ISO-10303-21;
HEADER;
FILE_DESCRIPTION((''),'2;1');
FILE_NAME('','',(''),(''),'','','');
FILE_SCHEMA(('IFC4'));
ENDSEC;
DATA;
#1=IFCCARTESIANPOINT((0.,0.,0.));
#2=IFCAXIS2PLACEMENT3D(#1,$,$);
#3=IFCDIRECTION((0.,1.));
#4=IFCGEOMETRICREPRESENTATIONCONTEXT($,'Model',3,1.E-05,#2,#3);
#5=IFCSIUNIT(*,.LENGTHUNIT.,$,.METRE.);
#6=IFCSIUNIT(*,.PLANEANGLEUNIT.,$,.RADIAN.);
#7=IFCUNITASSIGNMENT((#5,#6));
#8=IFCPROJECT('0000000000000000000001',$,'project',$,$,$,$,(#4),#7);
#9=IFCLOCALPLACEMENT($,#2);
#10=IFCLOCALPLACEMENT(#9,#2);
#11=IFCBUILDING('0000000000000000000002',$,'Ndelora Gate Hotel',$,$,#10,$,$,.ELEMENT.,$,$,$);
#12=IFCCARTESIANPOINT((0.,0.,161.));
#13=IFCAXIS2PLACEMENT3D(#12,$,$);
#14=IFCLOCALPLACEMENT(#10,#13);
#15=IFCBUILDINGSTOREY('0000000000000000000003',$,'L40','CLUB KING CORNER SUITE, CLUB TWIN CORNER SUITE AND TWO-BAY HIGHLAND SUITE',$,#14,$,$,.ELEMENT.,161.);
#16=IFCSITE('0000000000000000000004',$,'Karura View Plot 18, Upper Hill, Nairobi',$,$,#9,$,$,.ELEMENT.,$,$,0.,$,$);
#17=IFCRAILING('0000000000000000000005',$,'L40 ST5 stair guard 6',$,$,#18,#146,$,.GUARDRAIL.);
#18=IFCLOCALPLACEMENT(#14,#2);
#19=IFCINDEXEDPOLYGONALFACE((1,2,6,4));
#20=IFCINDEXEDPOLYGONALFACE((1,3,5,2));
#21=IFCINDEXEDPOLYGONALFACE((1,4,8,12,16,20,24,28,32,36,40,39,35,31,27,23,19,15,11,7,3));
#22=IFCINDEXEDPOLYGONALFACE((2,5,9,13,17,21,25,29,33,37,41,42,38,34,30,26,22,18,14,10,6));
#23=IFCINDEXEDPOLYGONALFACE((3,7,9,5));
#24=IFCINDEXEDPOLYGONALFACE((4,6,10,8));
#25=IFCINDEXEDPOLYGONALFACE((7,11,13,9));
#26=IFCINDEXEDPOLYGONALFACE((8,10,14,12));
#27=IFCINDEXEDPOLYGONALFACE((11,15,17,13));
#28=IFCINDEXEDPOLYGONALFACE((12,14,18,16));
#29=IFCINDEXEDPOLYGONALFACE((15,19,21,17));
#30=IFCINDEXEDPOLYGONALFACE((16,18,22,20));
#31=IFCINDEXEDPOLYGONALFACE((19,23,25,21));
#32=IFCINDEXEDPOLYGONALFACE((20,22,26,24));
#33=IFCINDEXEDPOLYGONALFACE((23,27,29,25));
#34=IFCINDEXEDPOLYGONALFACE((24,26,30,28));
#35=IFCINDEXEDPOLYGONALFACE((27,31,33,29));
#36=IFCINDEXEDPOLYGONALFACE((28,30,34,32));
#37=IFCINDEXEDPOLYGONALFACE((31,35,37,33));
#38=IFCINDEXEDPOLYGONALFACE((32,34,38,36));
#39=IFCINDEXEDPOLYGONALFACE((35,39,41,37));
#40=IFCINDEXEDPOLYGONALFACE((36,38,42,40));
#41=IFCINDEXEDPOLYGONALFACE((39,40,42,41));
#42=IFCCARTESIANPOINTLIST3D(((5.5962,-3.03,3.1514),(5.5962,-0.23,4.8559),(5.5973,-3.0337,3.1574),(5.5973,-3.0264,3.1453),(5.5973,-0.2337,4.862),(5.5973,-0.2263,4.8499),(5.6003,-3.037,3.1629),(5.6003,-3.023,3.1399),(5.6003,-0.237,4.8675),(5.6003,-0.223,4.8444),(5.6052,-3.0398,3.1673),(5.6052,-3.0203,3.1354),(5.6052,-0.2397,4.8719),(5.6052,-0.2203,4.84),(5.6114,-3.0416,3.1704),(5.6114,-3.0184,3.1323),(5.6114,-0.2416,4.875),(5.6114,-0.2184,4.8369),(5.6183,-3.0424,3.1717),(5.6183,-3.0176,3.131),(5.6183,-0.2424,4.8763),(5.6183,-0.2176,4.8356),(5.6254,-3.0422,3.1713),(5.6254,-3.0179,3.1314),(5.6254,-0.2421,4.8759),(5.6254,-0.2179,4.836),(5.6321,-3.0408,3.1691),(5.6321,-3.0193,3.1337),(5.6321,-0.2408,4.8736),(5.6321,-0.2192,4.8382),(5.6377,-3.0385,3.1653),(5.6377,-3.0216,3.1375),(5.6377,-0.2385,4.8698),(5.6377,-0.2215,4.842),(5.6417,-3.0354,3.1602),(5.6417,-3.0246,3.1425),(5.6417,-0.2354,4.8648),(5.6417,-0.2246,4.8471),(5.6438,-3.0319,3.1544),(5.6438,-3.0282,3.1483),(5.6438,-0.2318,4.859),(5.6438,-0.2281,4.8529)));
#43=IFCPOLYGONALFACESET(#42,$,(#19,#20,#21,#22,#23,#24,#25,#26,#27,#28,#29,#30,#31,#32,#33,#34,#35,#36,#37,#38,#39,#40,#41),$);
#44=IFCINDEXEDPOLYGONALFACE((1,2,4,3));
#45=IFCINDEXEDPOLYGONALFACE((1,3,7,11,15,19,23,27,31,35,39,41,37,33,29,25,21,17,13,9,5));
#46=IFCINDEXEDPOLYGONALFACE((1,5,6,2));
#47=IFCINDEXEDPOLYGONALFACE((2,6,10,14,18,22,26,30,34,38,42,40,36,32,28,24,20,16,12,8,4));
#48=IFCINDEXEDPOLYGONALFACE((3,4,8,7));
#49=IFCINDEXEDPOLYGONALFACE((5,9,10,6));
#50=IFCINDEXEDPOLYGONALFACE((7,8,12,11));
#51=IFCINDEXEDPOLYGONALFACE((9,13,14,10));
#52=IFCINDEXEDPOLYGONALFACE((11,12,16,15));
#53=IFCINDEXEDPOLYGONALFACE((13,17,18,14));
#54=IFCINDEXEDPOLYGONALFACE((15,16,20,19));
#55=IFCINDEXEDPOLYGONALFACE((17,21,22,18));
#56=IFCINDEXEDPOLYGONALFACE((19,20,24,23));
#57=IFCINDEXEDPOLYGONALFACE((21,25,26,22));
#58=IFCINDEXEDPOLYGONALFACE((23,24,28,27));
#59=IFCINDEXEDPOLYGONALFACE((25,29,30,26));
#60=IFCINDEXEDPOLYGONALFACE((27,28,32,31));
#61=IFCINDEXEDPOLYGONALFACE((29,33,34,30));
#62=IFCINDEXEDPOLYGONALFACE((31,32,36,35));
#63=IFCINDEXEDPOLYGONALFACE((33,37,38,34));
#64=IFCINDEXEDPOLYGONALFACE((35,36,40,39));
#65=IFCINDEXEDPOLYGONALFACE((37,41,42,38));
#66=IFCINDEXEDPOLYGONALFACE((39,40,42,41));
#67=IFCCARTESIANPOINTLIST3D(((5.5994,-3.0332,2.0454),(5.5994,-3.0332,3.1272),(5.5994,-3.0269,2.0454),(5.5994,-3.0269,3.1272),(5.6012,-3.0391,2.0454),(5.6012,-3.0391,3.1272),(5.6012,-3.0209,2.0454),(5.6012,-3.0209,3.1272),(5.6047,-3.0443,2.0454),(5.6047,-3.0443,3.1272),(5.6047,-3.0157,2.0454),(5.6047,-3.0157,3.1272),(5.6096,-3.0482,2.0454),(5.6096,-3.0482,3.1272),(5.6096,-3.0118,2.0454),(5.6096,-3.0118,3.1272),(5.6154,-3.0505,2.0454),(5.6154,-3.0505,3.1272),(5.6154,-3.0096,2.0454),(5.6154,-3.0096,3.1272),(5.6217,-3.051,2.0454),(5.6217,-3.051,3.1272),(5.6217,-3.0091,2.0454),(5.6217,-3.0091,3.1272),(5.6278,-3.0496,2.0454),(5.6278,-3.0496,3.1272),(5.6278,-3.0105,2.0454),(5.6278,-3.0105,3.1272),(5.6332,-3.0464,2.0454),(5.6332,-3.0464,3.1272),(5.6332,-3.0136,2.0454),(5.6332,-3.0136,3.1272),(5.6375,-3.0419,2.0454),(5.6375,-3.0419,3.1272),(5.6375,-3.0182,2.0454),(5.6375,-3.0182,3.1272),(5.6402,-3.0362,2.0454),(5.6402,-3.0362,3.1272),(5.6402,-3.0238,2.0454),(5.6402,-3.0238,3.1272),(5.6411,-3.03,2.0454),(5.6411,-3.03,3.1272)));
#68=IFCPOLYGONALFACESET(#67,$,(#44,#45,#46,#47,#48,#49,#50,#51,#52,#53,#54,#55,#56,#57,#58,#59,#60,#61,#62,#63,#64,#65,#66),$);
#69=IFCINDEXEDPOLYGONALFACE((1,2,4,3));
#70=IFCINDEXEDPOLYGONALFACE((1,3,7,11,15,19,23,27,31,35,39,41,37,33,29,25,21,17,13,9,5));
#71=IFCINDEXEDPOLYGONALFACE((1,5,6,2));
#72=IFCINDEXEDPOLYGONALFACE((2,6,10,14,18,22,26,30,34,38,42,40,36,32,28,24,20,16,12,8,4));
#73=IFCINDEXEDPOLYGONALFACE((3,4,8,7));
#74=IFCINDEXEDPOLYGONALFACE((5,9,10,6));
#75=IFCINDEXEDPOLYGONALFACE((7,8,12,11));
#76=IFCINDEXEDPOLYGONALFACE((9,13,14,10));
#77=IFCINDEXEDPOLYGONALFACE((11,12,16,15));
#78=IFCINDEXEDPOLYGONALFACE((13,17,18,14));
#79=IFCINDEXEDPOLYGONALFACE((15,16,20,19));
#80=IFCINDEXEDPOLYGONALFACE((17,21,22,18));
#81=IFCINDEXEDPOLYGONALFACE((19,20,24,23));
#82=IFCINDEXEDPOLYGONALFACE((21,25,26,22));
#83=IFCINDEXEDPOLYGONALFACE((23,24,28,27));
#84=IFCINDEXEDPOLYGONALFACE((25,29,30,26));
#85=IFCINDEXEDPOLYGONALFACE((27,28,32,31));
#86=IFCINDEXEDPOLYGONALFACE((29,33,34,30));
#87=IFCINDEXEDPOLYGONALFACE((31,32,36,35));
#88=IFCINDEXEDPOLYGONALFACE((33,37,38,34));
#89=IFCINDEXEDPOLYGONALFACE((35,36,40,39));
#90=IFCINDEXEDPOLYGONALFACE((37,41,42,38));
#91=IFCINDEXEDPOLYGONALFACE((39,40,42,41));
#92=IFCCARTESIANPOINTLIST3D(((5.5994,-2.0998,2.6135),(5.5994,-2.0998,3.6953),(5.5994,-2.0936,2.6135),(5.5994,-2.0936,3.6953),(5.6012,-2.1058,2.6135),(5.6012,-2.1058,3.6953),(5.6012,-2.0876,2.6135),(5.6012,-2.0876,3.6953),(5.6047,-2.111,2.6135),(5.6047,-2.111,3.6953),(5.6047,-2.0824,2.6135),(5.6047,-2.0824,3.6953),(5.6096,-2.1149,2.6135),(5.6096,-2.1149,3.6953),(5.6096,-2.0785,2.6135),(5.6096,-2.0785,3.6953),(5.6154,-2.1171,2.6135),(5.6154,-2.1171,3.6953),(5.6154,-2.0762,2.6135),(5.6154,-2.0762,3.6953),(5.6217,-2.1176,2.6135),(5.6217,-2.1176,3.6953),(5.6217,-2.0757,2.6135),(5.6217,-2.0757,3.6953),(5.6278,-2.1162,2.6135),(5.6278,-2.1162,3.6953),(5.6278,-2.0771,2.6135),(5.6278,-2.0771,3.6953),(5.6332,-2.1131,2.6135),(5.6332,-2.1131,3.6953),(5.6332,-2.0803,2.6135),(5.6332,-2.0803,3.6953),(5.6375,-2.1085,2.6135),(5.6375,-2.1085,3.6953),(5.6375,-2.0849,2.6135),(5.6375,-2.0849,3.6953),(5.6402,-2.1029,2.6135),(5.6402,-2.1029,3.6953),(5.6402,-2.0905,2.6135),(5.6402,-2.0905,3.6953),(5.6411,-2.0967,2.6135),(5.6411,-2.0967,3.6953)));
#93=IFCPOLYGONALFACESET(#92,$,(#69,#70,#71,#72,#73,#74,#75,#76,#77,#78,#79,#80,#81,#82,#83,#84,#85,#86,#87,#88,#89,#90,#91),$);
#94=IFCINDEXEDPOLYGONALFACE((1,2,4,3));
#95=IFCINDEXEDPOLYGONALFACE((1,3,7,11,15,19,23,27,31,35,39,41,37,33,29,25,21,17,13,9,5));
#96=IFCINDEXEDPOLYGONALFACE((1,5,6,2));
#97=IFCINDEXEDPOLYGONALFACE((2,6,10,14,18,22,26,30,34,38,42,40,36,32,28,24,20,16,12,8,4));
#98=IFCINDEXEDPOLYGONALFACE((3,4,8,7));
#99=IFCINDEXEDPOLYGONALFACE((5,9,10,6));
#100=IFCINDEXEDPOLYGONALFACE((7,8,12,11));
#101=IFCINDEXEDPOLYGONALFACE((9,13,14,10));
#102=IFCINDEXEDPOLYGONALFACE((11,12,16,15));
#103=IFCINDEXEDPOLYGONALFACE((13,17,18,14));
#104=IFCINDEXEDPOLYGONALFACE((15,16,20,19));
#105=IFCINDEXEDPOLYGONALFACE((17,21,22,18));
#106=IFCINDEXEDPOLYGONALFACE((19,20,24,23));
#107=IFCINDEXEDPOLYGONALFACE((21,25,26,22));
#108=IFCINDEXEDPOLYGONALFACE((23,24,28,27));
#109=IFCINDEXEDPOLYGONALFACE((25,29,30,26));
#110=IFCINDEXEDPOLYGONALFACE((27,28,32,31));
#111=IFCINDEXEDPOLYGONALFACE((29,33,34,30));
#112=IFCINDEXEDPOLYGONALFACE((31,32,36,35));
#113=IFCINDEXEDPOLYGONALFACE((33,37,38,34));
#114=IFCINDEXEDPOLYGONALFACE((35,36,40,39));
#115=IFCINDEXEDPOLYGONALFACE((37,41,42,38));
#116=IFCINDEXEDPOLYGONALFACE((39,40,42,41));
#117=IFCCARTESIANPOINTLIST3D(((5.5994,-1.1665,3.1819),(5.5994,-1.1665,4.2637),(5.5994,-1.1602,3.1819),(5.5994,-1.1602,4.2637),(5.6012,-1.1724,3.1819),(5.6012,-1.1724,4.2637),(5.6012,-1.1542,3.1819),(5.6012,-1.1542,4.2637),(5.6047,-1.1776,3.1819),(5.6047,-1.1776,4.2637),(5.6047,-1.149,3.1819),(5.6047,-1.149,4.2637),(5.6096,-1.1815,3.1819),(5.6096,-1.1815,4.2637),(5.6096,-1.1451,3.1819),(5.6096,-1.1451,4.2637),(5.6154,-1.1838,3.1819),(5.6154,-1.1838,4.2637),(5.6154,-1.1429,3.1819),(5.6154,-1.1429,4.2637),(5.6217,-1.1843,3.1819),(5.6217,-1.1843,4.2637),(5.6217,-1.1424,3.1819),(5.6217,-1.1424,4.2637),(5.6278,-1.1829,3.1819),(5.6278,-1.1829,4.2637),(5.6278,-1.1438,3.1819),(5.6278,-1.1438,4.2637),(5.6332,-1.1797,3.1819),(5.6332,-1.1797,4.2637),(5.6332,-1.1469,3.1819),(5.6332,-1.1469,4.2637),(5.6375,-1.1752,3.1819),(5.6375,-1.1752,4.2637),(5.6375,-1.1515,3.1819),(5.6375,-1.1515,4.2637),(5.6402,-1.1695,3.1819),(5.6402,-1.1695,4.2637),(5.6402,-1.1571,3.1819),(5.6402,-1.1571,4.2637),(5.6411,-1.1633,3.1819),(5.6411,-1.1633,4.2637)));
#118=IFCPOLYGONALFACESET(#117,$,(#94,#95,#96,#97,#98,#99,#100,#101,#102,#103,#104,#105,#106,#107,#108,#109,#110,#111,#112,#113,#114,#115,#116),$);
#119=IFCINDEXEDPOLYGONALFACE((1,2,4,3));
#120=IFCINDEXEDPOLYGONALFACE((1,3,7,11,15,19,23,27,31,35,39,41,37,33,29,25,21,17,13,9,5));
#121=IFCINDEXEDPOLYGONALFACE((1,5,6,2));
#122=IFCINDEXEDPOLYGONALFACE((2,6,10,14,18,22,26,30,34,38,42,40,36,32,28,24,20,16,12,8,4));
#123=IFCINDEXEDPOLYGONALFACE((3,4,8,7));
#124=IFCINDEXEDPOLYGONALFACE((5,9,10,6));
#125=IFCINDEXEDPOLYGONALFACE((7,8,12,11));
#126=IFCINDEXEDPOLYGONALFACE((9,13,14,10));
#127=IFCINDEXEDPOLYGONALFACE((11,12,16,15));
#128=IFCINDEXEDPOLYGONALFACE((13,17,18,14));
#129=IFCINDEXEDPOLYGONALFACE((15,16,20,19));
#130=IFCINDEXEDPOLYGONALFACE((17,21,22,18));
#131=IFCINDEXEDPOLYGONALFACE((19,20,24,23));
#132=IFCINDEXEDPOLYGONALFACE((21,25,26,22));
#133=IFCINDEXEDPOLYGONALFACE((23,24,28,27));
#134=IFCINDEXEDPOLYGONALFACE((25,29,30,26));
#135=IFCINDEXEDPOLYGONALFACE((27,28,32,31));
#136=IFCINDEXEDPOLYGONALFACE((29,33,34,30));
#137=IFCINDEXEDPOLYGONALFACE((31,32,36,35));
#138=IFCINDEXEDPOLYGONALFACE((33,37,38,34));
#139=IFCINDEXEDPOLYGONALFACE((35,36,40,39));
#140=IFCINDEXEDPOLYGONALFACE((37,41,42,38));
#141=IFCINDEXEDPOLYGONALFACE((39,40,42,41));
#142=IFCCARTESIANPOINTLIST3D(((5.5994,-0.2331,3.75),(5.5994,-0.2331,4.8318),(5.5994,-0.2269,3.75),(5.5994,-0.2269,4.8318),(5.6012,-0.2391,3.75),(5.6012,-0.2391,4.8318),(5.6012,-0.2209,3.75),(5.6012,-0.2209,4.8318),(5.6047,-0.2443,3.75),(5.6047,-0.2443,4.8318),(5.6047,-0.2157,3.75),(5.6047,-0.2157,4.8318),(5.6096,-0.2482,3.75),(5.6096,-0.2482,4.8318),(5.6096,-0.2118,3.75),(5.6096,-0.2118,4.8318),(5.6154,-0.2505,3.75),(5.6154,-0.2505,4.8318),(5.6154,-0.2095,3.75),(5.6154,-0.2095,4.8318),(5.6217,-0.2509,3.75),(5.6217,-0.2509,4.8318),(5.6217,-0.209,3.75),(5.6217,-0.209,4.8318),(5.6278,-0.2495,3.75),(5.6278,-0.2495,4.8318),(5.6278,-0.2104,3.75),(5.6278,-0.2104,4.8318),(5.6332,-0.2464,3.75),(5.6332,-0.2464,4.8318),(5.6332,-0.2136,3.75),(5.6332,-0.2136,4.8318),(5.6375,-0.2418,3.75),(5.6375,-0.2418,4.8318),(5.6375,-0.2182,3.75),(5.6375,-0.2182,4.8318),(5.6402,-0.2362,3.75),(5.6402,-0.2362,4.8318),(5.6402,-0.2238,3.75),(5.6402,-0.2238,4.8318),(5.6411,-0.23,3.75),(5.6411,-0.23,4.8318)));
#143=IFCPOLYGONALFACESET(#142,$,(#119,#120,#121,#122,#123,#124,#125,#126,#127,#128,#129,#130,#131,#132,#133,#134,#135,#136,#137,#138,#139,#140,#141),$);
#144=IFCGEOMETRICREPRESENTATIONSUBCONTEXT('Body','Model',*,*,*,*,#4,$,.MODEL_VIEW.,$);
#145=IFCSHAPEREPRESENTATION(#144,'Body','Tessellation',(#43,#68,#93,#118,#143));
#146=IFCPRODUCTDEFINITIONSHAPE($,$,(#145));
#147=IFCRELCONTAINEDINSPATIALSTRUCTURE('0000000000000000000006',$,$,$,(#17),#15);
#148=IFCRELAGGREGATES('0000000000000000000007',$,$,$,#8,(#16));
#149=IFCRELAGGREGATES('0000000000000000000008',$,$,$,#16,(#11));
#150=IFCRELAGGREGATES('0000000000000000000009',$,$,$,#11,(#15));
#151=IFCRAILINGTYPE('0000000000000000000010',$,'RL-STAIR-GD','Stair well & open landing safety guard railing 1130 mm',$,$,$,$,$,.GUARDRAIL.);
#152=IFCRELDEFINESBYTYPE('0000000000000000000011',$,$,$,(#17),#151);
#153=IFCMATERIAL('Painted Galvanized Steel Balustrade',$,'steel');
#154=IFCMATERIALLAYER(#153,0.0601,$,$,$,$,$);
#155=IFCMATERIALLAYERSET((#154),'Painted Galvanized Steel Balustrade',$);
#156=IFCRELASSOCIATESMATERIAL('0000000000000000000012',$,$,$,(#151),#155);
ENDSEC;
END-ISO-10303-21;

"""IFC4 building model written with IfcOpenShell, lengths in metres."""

from ifc_helpers import new_model, si_unit, direction, frame, origin, origin_2d, place, context, subcontext, project, spatial, circle, extrude, material, layer, layer_set, type_object, element, save


model = new_model("IFC4")

# Units and contexts
model_context = context("Model", 3, precision=1e-05, world=origin(), true_north=direction((0.0, 1.0)))
body_context = subcontext(model_context, "Body", "Model", "MODEL_VIEW")
ifc_project = project(units=[si_unit("LENGTHUNIT", "METRE"), si_unit("PLANEANGLEUNIT", "RADIAN")], contexts=[model_context])

# Site, building, storey
site_placement = place(None, origin())
site = spatial("IfcSite", under=ifc_project, at=site_placement, Name="Karura View Plot 18, Upper Hill, Nairobi", CompositionType="ELEMENT", RefElevation=0.0)
building_placement = place(site_placement, origin())
building = spatial("IfcBuilding", under=site, at=building_placement, Name="Ndelora Gate Hotel", CompositionType="ELEMENT")
storey_placement = place(building_placement, frame((0.0, 0.0, 161.0)))
storey = spatial("IfcBuildingStorey", under=building, at=storey_placement, Name="L40", Description="CLUB KING CORNER SUITE, CLUB TWIN CORNER SUITE AND TWO-BAY HIGHLAND SUITE", CompositionType="ELEMENT", Elevation=161.0)

# Railing
ifc_material_1 = material(Name="Painted Galvanized Steel Balustrade", Category="steel")
ifc_layer_1 = layer(ifc_material_1, 0.0601)
ifc_layer_set_1 = layer_set([ifc_layer_1], Name="Painted Galvanized Steel Balustrade")
railing_type_1 = type_object("IfcRailingType", Name="RL-STAIR-GD", Description="Stair well & open landing safety guard railing 1130 mm", PredefinedType="GUARDRAIL", material=ifc_layer_set_1)
railing_1_placement = place(storey_placement, frame((5.6201, -3.03, 2.0454)))
element("IfcRailing", 1, at=railing_1_placement, inside=storey, type_object=railing_type_1, Name="L40 ST5 stair guard 6", PredefinedType="GUARDRAIL", context=body_context, shape_type="SweptSolid", body=[
    extrude(circle(Radius=0.0239, at=origin_2d()), frame((0.0, 0.0, 1.106), z_axis=(0.0, 0.85417, 0.519994), x_axis=(-1.0, 0.0, 0.0)), (0.0, 0.0, 1.0), 3.2781),
    extrude(circle(Radius=0.021, at=origin_2d()), origin(), (0.0, 0.0, 1.0), 1.0818),
    extrude(circle(Radius=0.021, at=origin_2d()), frame((0.0, 0.9333, 0.5681)), (0.0, 0.0, 1.0), 1.0818),
    extrude(circle(Radius=0.021, at=origin_2d()), frame((0.0, 1.8667, 1.1365)), (0.0, 0.0, 1.0), 1.0818),
    extrude(circle(Radius=0.021, at=origin_2d()), frame((0.0, 2.8, 1.7046)), (0.0, 0.0, 1.0), 1.0818),
])

save(model, "model.ifc")
